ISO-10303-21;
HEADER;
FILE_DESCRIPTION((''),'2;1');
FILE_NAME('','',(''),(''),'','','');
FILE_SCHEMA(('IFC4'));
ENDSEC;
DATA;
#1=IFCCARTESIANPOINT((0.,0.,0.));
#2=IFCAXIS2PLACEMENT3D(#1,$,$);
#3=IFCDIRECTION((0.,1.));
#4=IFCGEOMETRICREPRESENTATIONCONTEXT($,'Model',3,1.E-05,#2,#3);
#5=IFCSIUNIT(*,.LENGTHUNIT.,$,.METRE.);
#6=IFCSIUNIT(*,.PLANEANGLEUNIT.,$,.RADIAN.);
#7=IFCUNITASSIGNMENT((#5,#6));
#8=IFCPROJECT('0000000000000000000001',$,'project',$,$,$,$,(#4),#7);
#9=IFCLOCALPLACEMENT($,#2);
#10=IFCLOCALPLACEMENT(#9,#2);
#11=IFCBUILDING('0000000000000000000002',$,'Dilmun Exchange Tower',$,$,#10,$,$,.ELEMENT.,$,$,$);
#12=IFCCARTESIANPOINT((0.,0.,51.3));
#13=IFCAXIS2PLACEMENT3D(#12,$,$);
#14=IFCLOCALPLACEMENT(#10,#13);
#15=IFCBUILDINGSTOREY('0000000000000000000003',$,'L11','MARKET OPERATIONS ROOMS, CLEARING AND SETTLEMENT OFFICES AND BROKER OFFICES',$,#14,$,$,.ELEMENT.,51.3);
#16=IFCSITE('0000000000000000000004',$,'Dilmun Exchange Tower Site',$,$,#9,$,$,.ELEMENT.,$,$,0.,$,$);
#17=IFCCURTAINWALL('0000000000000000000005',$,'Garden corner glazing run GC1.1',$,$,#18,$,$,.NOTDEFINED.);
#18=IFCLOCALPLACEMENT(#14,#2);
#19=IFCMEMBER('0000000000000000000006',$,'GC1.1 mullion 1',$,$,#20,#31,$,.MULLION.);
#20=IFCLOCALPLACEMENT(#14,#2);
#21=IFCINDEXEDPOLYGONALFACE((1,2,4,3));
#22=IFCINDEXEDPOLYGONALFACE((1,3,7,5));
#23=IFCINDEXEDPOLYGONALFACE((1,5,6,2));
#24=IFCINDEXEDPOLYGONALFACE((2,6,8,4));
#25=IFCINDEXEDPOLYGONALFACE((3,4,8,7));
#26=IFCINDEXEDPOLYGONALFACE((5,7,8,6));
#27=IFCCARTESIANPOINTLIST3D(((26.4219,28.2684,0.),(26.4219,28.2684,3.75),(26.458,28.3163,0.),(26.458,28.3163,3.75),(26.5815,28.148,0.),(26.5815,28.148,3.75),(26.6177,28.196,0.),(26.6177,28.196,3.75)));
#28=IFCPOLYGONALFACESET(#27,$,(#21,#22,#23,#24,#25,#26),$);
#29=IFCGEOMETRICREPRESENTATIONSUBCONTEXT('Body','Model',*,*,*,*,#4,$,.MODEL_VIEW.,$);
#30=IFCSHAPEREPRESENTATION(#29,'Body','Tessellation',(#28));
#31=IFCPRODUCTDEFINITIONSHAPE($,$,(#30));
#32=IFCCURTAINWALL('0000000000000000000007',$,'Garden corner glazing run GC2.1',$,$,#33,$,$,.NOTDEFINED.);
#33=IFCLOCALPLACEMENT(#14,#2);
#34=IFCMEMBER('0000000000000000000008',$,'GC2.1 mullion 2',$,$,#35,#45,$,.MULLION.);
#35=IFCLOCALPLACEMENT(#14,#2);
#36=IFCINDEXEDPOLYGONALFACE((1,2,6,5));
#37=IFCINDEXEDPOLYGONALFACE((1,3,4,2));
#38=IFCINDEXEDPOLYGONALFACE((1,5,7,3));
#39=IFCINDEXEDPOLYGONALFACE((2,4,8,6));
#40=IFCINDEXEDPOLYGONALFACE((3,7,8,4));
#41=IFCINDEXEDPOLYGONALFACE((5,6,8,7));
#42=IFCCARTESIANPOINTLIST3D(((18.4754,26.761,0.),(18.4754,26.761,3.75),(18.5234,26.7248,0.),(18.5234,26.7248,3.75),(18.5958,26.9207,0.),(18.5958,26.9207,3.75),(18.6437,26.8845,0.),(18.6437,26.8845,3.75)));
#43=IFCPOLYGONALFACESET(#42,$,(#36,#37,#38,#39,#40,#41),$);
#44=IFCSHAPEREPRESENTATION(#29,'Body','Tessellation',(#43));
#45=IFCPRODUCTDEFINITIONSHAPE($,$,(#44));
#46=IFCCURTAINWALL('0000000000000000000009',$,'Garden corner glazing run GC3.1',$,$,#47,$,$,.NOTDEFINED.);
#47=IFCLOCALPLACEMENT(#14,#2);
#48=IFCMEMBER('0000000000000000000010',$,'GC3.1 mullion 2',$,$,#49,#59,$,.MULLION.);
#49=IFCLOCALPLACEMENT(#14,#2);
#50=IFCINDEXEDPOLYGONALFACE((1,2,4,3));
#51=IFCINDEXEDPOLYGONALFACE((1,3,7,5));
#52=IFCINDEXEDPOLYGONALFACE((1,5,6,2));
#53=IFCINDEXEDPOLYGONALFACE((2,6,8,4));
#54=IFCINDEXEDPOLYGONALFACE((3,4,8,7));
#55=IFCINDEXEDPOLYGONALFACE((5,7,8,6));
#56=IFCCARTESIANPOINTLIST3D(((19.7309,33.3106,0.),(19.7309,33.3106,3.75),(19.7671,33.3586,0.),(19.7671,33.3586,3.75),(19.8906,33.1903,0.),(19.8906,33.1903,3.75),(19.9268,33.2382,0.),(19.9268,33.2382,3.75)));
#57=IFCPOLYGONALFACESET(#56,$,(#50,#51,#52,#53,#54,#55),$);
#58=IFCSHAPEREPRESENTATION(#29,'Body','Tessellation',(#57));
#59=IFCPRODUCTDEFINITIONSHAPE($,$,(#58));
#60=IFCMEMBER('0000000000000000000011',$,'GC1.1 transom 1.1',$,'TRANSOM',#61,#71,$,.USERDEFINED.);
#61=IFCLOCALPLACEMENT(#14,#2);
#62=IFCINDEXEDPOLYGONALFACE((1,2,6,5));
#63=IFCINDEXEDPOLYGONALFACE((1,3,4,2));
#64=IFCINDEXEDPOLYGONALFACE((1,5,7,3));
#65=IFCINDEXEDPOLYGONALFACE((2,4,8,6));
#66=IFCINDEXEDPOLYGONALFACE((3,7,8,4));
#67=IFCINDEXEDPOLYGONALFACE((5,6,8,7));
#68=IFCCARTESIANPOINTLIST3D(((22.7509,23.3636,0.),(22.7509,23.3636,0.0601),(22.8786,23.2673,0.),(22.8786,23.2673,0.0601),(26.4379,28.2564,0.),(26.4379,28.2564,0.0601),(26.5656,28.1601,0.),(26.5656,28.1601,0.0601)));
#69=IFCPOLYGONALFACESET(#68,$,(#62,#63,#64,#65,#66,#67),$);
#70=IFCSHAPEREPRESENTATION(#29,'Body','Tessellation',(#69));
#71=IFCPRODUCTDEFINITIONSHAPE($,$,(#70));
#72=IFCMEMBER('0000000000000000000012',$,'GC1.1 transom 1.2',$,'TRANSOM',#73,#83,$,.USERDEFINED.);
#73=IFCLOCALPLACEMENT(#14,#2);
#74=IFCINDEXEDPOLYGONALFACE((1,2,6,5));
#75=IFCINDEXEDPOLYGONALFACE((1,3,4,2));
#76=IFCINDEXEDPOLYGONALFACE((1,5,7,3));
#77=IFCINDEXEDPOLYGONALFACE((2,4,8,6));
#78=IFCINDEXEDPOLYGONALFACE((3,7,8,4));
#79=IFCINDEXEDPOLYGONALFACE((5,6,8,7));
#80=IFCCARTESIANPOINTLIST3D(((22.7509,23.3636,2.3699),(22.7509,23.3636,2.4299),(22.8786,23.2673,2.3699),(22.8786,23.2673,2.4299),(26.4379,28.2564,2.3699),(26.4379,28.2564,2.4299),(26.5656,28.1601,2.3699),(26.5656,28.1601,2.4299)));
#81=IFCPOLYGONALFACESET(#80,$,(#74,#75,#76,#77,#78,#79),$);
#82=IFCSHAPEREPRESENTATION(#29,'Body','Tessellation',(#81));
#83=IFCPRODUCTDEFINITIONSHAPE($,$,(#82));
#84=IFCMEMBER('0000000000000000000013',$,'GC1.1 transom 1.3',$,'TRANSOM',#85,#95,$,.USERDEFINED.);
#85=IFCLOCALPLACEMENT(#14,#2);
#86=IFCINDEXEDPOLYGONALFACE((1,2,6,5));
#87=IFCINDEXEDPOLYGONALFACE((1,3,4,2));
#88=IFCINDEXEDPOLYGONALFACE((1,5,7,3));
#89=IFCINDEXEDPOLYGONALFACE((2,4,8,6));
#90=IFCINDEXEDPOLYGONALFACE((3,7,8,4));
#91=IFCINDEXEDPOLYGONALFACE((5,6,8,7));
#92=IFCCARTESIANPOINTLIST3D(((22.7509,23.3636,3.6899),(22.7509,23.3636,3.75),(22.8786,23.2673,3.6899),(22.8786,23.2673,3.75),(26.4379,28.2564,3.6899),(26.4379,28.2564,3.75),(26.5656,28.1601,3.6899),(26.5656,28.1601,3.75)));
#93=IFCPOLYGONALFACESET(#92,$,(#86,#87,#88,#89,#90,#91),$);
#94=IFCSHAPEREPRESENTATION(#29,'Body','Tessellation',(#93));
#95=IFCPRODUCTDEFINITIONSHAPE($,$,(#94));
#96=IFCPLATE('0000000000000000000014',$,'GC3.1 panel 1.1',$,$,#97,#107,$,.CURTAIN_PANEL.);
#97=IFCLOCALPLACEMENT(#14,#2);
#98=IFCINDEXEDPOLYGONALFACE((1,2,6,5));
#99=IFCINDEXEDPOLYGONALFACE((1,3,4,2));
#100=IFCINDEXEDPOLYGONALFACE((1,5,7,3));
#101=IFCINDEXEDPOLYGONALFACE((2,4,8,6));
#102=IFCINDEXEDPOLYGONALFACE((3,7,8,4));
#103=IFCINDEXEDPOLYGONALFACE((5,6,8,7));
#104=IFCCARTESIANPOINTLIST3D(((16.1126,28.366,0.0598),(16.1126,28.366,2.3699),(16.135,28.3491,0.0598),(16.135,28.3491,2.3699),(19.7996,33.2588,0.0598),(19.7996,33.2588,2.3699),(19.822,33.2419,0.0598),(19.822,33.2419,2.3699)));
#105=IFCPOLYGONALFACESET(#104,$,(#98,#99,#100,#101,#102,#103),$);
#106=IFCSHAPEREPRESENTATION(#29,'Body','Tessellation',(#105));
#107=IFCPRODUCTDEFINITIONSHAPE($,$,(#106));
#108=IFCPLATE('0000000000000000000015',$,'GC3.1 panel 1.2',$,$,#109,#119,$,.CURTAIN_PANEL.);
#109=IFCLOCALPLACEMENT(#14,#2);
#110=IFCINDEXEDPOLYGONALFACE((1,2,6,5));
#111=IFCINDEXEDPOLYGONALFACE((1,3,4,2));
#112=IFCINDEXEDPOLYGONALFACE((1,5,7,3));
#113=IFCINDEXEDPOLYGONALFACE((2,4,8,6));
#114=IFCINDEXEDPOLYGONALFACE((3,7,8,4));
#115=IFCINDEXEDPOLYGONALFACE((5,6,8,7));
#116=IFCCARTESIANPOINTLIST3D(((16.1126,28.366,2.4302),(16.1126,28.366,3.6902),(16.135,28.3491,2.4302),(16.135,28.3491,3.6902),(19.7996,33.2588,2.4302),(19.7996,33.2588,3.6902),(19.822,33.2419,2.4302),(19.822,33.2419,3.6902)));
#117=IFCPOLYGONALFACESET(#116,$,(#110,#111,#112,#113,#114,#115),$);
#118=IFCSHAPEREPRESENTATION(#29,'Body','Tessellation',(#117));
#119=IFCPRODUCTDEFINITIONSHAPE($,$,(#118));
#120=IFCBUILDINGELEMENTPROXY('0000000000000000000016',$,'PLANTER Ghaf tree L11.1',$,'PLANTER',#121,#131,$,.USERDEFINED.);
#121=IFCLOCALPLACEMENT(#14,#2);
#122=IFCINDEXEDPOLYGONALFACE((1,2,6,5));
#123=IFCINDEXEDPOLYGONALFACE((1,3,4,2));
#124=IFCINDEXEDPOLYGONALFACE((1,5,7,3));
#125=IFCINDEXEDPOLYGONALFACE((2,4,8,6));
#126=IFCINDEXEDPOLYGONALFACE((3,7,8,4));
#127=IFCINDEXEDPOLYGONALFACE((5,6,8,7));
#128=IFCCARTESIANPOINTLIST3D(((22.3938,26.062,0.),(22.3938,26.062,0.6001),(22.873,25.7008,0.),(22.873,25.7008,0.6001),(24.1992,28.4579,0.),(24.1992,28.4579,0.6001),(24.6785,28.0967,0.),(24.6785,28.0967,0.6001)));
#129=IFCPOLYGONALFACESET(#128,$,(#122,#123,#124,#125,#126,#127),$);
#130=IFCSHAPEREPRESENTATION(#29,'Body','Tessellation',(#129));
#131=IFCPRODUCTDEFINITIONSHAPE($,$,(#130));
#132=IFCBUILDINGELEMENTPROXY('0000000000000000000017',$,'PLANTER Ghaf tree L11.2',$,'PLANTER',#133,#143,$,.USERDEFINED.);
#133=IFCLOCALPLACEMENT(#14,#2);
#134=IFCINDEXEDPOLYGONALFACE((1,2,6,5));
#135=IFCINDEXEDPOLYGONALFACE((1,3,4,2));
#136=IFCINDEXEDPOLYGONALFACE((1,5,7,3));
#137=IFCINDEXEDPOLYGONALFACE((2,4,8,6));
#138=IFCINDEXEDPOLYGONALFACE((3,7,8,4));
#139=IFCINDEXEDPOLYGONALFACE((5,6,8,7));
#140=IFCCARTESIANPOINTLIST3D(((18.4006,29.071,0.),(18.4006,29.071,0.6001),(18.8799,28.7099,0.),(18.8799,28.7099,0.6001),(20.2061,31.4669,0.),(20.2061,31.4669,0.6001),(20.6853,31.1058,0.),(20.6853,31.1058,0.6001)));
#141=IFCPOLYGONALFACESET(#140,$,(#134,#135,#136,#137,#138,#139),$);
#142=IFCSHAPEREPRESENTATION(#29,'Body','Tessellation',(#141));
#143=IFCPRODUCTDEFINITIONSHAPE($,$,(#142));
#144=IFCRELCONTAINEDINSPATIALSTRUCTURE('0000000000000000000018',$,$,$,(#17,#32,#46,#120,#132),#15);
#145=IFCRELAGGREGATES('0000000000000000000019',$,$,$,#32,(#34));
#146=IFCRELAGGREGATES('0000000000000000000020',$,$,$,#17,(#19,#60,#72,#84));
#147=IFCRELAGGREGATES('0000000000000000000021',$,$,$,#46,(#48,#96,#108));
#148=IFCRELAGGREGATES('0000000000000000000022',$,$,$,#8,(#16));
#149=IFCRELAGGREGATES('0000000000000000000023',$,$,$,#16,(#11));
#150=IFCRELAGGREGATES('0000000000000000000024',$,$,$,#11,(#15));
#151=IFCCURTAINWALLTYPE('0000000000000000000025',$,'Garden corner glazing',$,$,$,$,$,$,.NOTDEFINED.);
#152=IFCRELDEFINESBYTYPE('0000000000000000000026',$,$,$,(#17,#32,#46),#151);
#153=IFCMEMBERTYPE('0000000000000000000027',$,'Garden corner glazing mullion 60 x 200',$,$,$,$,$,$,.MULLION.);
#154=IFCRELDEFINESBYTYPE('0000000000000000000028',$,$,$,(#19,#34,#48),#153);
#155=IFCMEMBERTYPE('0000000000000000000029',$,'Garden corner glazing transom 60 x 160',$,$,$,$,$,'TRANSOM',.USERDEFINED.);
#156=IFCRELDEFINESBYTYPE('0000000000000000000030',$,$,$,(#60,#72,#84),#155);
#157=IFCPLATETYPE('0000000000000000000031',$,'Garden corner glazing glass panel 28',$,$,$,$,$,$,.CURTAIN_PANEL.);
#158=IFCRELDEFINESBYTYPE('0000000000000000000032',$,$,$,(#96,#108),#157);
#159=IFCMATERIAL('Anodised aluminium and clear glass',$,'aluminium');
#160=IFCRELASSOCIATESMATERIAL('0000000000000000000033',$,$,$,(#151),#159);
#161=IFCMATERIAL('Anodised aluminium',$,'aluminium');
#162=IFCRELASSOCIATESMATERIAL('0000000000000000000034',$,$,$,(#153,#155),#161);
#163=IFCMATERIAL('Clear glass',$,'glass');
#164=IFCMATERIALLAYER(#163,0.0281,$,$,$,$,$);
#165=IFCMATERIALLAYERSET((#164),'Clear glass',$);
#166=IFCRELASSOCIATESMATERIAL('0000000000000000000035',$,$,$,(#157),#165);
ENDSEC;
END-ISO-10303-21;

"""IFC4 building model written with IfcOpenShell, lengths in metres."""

from ifc_helpers import new_model, si_unit, direction, frame, origin, origin_2d, place, context, subcontext, project, spatial, rectangle, extrude, material, layer, layer_set, material_profile, profile_set, type_object, element, aggregate, save


model = new_model("IFC4")

# Units and contexts
model_context = context("Model", 3, precision=1e-05, world=origin(), true_north=direction((0.0, 1.0)))
body_context = subcontext(model_context, "Body", "Model", "MODEL_VIEW")
ifc_project = project(units=[si_unit("LENGTHUNIT", "METRE"), si_unit("PLANEANGLEUNIT", "RADIAN")], contexts=[model_context])

# Site, building, storey
site_placement = place(None, origin())
site = spatial("IfcSite", under=ifc_project, at=site_placement, Name="Dilmun Exchange Tower Site", CompositionType="ELEMENT", RefElevation=0.0)
building_placement = place(site_placement, origin())
building = spatial("IfcBuilding", under=site, at=building_placement, Name="Dilmun Exchange Tower", CompositionType="ELEMENT")
storey_placement = place(building_placement, frame((0.0, 0.0, 51.3)))
storey = spatial("IfcBuildingStorey", under=building, at=storey_placement, Name="L11", Description="MARKET OPERATIONS ROOMS, CLEARING AND SETTLEMENT OFFICES AND BROKER OFFICES", CompositionType="ELEMENT", Elevation=51.3)

# Curtain walls, members
ifc_material_1 = material(Name="Anodised aluminium and clear glass", Category="aluminium")
curtain_wall_type = type_object("IfcCurtainWallType", Name="Garden corner glazing", PredefinedType="NOTDEFINED", material=ifc_material_1)
curtain_wall_1_placement = place(storey_placement, origin())
curtain_wall_1 = element("IfcCurtainWall", 1, at=curtain_wall_1_placement, inside=storey, type_object=curtain_wall_type, Name="Garden corner glazing run GC1.1", PredefinedType="NOTDEFINED")
ifc_material_2 = material(Name="Anodised aluminium", Category="aluminium")
ifc_material_profile_1 = material_profile(ifc_material_2, rectangle(XDim=0.2, YDim=0.0601, at=origin_2d()), Name="AL 60x200")
ifc_profile_set_1 = profile_set([ifc_material_profile_1], Name="Anodised aluminium")
member_type_1 = type_object("IfcMemberType", Name="Garden corner glazing mullion 60 x 200", PredefinedType="MULLION", material=ifc_profile_set_1)
member_1_placement = place(storey_placement, frame((26.5198, 28.2322, 0.0), z_axis=(0.0, 0.0, 1.0), x_axis=(0.798634, -0.601817, 0.0)))
member_1 = element("IfcMember", 2, at=member_1_placement, type_object=member_type_1, Name="GC1.1 mullion 1", PredefinedType="MULLION", context=body_context, shape_type="SweptSolid", body=[
    extrude(rectangle(XDim=0.2, YDim=0.0601, at=origin_2d()), origin(), (0.0, 0.0, 1.0), 3.75),
])
curtain_wall_2_placement = place(storey_placement, origin())
curtain_wall_2 = element("IfcCurtainWall", 3, at=curtain_wall_2_placement, inside=storey, type_object=curtain_wall_type, Name="Garden corner glazing run GC2.1", PredefinedType="NOTDEFINED")
member_2_placement = place(storey_placement, frame((18.5596, 26.8228, 0.0), z_axis=(0.0, 0.0, 1.0), x_axis=(-0.601822, -0.798631, 0.0)))
member_2 = element("IfcMember", 4, at=member_2_placement, type_object=member_type_1, Name="GC2.1 mullion 2", PredefinedType="MULLION", context=body_context, shape_type="SweptSolid", body=[
    extrude(rectangle(XDim=0.2, YDim=0.0601, at=origin_2d()), origin(), (0.0, 0.0, 1.0), 3.75),
])
aggregate(curtain_wall_2, [member_2])
curtain_wall_3_placement = place(storey_placement, origin())
curtain_wall_3 = element("IfcCurtainWall", 5, at=curtain_wall_3_placement, inside=storey, type_object=curtain_wall_type, Name="Garden corner glazing run GC3.1", PredefinedType="NOTDEFINED")
member_3_placement = place(storey_placement, frame((19.8289, 33.2744, 0.0), z_axis=(0.0, 0.0, 1.0), x_axis=(-0.798634, 0.601817, 0.0)))
member_3 = element("IfcMember", 6, at=member_3_placement, type_object=member_type_1, Name="GC3.1 mullion 2", PredefinedType="MULLION", context=body_context, shape_type="SweptSolid", body=[
    extrude(rectangle(XDim=0.2, YDim=0.0601, at=origin_2d()), origin(), (0.0, 0.0, 1.0), 3.75),
])

# Members
ifc_material_profile_2 = material_profile(ifc_material_2, rectangle(XDim=0.1599, YDim=0.0601, at=origin_2d()), Name="AL 60x160")
ifc_profile_set_2 = profile_set([ifc_material_profile_2], Name="Anodised aluminium")
member_type_2 = type_object("IfcMemberType", Name="Garden corner glazing transom 60 x 160", ElementType="TRANSOM", PredefinedType="USERDEFINED", material=ifc_profile_set_2)
member_4_placement = place(storey_placement, frame((26.5017, 28.2083, 0.03), z_axis=(-0.601816, -0.798635, 0.0), x_axis=(0.798635, -0.601816, 0.0)))
member_4 = element("IfcMember", 7, at=member_4_placement, type_object=member_type_2, Name="GC1.1 transom 1.1", ObjectType="TRANSOM", PredefinedType="USERDEFINED", context=body_context, shape_type="SweptSolid", body=[
    extrude(rectangle(XDim=0.1599, YDim=0.0601, at=origin_2d()), origin(), (0.0, 0.0, 1.0), 6.1265),
])
member_5_placement = place(storey_placement, frame((26.5017, 28.2083, 2.3999), z_axis=(-0.601816, -0.798635, 0.0), x_axis=(0.798635, -0.601816, 0.0)))
member_5 = element("IfcMember", 8, at=member_5_placement, type_object=member_type_2, Name="GC1.1 transom 1.2", ObjectType="TRANSOM", PredefinedType="USERDEFINED", context=body_context, shape_type="SweptSolid", body=[
    extrude(rectangle(XDim=0.1599, YDim=0.0601, at=origin_2d()), origin(), (0.0, 0.0, 1.0), 6.1265),
])
member_6_placement = place(storey_placement, frame((26.5017, 28.2083, 3.72), z_axis=(-0.601816, -0.798635, 0.0), x_axis=(0.798635, -0.601816, 0.0)))
member_6 = element("IfcMember", 9, at=member_6_placement, type_object=member_type_2, Name="GC1.1 transom 1.3", ObjectType="TRANSOM", PredefinedType="USERDEFINED", context=body_context, shape_type="SweptSolid", body=[
    extrude(rectangle(XDim=0.1599, YDim=0.0601, at=origin_2d()), origin(), (0.0, 0.0, 1.0), 6.1265),
])
aggregate(curtain_wall_1, [member_1, member_4, member_5, member_6])

# Plates
ifc_material_3 = material(Name="Clear glass", Category="glass")
ifc_layer_1 = layer(ifc_material_3, 0.0281)
ifc_layer_set_1 = layer_set([ifc_layer_1], Name="Clear glass")
plate_type = type_object("IfcPlateType", Name="Garden corner glazing glass panel 28", PredefinedType="CURTAIN_PANEL", material=ifc_layer_set_1)
plate_1_placement = place(storey_placement, frame((17.9673, 30.804, 0.0598), z_axis=(0.0, 0.0, 1.0), x_axis=(0.601817, 0.798634, 0.0)))
plate_1 = element("IfcPlate", 10, at=plate_1_placement, type_object=plate_type, Name="GC3.1 panel 1.1", PredefinedType="CURTAIN_PANEL", context=body_context, shape_type="SweptSolid", body=[
    extrude(rectangle(XDim=6.1265, YDim=0.0281, at=origin_2d()), origin(), (0.0, 0.0, 1.0), 2.3101),
])
plate_2_placement = place(storey_placement, frame((17.9673, 30.804, 2.4302), z_axis=(0.0, 0.0, 1.0), x_axis=(0.601817, 0.798634, 0.0)))
plate_2 = element("IfcPlate", 11, at=plate_2_placement, type_object=plate_type, Name="GC3.1 panel 1.2", PredefinedType="CURTAIN_PANEL", context=body_context, shape_type="SweptSolid", body=[
    extrude(rectangle(XDim=6.1265, YDim=0.0281, at=origin_2d()), origin(), (0.0, 0.0, 1.0), 1.26),
])
aggregate(curtain_wall_3, [member_3, plate_1, plate_2])

# Building element proxies
for number, where, z_axis, x_axis, name in (
    (12, (23.5361, 27.0793, 0.0), (0.0, 0.0, 1.0), (0.601815, 0.798636, 0.0), "PLANTER Ghaf tree L11.1"),
    (13, (19.543, 30.0884, 0.0), (0.0, 0.0, 1.0), (0.601815, 0.798636, 0.0), "PLANTER Ghaf tree L11.2"),
):
    element("IfcBuildingElementProxy", number, at=place(storey_placement, frame(where, z_axis=z_axis, x_axis=x_axis)), inside=storey, Name=name, ObjectType="PLANTER", PredefinedType="USERDEFINED", context=body_context, shape_type="SweptSolid", body=[
        extrude(rectangle(XDim=3.0, YDim=0.6001, at=origin_2d()), origin(), (0.0, 0.0, 1.0), 0.6001),
    ])

save(model, "model.ifc")
